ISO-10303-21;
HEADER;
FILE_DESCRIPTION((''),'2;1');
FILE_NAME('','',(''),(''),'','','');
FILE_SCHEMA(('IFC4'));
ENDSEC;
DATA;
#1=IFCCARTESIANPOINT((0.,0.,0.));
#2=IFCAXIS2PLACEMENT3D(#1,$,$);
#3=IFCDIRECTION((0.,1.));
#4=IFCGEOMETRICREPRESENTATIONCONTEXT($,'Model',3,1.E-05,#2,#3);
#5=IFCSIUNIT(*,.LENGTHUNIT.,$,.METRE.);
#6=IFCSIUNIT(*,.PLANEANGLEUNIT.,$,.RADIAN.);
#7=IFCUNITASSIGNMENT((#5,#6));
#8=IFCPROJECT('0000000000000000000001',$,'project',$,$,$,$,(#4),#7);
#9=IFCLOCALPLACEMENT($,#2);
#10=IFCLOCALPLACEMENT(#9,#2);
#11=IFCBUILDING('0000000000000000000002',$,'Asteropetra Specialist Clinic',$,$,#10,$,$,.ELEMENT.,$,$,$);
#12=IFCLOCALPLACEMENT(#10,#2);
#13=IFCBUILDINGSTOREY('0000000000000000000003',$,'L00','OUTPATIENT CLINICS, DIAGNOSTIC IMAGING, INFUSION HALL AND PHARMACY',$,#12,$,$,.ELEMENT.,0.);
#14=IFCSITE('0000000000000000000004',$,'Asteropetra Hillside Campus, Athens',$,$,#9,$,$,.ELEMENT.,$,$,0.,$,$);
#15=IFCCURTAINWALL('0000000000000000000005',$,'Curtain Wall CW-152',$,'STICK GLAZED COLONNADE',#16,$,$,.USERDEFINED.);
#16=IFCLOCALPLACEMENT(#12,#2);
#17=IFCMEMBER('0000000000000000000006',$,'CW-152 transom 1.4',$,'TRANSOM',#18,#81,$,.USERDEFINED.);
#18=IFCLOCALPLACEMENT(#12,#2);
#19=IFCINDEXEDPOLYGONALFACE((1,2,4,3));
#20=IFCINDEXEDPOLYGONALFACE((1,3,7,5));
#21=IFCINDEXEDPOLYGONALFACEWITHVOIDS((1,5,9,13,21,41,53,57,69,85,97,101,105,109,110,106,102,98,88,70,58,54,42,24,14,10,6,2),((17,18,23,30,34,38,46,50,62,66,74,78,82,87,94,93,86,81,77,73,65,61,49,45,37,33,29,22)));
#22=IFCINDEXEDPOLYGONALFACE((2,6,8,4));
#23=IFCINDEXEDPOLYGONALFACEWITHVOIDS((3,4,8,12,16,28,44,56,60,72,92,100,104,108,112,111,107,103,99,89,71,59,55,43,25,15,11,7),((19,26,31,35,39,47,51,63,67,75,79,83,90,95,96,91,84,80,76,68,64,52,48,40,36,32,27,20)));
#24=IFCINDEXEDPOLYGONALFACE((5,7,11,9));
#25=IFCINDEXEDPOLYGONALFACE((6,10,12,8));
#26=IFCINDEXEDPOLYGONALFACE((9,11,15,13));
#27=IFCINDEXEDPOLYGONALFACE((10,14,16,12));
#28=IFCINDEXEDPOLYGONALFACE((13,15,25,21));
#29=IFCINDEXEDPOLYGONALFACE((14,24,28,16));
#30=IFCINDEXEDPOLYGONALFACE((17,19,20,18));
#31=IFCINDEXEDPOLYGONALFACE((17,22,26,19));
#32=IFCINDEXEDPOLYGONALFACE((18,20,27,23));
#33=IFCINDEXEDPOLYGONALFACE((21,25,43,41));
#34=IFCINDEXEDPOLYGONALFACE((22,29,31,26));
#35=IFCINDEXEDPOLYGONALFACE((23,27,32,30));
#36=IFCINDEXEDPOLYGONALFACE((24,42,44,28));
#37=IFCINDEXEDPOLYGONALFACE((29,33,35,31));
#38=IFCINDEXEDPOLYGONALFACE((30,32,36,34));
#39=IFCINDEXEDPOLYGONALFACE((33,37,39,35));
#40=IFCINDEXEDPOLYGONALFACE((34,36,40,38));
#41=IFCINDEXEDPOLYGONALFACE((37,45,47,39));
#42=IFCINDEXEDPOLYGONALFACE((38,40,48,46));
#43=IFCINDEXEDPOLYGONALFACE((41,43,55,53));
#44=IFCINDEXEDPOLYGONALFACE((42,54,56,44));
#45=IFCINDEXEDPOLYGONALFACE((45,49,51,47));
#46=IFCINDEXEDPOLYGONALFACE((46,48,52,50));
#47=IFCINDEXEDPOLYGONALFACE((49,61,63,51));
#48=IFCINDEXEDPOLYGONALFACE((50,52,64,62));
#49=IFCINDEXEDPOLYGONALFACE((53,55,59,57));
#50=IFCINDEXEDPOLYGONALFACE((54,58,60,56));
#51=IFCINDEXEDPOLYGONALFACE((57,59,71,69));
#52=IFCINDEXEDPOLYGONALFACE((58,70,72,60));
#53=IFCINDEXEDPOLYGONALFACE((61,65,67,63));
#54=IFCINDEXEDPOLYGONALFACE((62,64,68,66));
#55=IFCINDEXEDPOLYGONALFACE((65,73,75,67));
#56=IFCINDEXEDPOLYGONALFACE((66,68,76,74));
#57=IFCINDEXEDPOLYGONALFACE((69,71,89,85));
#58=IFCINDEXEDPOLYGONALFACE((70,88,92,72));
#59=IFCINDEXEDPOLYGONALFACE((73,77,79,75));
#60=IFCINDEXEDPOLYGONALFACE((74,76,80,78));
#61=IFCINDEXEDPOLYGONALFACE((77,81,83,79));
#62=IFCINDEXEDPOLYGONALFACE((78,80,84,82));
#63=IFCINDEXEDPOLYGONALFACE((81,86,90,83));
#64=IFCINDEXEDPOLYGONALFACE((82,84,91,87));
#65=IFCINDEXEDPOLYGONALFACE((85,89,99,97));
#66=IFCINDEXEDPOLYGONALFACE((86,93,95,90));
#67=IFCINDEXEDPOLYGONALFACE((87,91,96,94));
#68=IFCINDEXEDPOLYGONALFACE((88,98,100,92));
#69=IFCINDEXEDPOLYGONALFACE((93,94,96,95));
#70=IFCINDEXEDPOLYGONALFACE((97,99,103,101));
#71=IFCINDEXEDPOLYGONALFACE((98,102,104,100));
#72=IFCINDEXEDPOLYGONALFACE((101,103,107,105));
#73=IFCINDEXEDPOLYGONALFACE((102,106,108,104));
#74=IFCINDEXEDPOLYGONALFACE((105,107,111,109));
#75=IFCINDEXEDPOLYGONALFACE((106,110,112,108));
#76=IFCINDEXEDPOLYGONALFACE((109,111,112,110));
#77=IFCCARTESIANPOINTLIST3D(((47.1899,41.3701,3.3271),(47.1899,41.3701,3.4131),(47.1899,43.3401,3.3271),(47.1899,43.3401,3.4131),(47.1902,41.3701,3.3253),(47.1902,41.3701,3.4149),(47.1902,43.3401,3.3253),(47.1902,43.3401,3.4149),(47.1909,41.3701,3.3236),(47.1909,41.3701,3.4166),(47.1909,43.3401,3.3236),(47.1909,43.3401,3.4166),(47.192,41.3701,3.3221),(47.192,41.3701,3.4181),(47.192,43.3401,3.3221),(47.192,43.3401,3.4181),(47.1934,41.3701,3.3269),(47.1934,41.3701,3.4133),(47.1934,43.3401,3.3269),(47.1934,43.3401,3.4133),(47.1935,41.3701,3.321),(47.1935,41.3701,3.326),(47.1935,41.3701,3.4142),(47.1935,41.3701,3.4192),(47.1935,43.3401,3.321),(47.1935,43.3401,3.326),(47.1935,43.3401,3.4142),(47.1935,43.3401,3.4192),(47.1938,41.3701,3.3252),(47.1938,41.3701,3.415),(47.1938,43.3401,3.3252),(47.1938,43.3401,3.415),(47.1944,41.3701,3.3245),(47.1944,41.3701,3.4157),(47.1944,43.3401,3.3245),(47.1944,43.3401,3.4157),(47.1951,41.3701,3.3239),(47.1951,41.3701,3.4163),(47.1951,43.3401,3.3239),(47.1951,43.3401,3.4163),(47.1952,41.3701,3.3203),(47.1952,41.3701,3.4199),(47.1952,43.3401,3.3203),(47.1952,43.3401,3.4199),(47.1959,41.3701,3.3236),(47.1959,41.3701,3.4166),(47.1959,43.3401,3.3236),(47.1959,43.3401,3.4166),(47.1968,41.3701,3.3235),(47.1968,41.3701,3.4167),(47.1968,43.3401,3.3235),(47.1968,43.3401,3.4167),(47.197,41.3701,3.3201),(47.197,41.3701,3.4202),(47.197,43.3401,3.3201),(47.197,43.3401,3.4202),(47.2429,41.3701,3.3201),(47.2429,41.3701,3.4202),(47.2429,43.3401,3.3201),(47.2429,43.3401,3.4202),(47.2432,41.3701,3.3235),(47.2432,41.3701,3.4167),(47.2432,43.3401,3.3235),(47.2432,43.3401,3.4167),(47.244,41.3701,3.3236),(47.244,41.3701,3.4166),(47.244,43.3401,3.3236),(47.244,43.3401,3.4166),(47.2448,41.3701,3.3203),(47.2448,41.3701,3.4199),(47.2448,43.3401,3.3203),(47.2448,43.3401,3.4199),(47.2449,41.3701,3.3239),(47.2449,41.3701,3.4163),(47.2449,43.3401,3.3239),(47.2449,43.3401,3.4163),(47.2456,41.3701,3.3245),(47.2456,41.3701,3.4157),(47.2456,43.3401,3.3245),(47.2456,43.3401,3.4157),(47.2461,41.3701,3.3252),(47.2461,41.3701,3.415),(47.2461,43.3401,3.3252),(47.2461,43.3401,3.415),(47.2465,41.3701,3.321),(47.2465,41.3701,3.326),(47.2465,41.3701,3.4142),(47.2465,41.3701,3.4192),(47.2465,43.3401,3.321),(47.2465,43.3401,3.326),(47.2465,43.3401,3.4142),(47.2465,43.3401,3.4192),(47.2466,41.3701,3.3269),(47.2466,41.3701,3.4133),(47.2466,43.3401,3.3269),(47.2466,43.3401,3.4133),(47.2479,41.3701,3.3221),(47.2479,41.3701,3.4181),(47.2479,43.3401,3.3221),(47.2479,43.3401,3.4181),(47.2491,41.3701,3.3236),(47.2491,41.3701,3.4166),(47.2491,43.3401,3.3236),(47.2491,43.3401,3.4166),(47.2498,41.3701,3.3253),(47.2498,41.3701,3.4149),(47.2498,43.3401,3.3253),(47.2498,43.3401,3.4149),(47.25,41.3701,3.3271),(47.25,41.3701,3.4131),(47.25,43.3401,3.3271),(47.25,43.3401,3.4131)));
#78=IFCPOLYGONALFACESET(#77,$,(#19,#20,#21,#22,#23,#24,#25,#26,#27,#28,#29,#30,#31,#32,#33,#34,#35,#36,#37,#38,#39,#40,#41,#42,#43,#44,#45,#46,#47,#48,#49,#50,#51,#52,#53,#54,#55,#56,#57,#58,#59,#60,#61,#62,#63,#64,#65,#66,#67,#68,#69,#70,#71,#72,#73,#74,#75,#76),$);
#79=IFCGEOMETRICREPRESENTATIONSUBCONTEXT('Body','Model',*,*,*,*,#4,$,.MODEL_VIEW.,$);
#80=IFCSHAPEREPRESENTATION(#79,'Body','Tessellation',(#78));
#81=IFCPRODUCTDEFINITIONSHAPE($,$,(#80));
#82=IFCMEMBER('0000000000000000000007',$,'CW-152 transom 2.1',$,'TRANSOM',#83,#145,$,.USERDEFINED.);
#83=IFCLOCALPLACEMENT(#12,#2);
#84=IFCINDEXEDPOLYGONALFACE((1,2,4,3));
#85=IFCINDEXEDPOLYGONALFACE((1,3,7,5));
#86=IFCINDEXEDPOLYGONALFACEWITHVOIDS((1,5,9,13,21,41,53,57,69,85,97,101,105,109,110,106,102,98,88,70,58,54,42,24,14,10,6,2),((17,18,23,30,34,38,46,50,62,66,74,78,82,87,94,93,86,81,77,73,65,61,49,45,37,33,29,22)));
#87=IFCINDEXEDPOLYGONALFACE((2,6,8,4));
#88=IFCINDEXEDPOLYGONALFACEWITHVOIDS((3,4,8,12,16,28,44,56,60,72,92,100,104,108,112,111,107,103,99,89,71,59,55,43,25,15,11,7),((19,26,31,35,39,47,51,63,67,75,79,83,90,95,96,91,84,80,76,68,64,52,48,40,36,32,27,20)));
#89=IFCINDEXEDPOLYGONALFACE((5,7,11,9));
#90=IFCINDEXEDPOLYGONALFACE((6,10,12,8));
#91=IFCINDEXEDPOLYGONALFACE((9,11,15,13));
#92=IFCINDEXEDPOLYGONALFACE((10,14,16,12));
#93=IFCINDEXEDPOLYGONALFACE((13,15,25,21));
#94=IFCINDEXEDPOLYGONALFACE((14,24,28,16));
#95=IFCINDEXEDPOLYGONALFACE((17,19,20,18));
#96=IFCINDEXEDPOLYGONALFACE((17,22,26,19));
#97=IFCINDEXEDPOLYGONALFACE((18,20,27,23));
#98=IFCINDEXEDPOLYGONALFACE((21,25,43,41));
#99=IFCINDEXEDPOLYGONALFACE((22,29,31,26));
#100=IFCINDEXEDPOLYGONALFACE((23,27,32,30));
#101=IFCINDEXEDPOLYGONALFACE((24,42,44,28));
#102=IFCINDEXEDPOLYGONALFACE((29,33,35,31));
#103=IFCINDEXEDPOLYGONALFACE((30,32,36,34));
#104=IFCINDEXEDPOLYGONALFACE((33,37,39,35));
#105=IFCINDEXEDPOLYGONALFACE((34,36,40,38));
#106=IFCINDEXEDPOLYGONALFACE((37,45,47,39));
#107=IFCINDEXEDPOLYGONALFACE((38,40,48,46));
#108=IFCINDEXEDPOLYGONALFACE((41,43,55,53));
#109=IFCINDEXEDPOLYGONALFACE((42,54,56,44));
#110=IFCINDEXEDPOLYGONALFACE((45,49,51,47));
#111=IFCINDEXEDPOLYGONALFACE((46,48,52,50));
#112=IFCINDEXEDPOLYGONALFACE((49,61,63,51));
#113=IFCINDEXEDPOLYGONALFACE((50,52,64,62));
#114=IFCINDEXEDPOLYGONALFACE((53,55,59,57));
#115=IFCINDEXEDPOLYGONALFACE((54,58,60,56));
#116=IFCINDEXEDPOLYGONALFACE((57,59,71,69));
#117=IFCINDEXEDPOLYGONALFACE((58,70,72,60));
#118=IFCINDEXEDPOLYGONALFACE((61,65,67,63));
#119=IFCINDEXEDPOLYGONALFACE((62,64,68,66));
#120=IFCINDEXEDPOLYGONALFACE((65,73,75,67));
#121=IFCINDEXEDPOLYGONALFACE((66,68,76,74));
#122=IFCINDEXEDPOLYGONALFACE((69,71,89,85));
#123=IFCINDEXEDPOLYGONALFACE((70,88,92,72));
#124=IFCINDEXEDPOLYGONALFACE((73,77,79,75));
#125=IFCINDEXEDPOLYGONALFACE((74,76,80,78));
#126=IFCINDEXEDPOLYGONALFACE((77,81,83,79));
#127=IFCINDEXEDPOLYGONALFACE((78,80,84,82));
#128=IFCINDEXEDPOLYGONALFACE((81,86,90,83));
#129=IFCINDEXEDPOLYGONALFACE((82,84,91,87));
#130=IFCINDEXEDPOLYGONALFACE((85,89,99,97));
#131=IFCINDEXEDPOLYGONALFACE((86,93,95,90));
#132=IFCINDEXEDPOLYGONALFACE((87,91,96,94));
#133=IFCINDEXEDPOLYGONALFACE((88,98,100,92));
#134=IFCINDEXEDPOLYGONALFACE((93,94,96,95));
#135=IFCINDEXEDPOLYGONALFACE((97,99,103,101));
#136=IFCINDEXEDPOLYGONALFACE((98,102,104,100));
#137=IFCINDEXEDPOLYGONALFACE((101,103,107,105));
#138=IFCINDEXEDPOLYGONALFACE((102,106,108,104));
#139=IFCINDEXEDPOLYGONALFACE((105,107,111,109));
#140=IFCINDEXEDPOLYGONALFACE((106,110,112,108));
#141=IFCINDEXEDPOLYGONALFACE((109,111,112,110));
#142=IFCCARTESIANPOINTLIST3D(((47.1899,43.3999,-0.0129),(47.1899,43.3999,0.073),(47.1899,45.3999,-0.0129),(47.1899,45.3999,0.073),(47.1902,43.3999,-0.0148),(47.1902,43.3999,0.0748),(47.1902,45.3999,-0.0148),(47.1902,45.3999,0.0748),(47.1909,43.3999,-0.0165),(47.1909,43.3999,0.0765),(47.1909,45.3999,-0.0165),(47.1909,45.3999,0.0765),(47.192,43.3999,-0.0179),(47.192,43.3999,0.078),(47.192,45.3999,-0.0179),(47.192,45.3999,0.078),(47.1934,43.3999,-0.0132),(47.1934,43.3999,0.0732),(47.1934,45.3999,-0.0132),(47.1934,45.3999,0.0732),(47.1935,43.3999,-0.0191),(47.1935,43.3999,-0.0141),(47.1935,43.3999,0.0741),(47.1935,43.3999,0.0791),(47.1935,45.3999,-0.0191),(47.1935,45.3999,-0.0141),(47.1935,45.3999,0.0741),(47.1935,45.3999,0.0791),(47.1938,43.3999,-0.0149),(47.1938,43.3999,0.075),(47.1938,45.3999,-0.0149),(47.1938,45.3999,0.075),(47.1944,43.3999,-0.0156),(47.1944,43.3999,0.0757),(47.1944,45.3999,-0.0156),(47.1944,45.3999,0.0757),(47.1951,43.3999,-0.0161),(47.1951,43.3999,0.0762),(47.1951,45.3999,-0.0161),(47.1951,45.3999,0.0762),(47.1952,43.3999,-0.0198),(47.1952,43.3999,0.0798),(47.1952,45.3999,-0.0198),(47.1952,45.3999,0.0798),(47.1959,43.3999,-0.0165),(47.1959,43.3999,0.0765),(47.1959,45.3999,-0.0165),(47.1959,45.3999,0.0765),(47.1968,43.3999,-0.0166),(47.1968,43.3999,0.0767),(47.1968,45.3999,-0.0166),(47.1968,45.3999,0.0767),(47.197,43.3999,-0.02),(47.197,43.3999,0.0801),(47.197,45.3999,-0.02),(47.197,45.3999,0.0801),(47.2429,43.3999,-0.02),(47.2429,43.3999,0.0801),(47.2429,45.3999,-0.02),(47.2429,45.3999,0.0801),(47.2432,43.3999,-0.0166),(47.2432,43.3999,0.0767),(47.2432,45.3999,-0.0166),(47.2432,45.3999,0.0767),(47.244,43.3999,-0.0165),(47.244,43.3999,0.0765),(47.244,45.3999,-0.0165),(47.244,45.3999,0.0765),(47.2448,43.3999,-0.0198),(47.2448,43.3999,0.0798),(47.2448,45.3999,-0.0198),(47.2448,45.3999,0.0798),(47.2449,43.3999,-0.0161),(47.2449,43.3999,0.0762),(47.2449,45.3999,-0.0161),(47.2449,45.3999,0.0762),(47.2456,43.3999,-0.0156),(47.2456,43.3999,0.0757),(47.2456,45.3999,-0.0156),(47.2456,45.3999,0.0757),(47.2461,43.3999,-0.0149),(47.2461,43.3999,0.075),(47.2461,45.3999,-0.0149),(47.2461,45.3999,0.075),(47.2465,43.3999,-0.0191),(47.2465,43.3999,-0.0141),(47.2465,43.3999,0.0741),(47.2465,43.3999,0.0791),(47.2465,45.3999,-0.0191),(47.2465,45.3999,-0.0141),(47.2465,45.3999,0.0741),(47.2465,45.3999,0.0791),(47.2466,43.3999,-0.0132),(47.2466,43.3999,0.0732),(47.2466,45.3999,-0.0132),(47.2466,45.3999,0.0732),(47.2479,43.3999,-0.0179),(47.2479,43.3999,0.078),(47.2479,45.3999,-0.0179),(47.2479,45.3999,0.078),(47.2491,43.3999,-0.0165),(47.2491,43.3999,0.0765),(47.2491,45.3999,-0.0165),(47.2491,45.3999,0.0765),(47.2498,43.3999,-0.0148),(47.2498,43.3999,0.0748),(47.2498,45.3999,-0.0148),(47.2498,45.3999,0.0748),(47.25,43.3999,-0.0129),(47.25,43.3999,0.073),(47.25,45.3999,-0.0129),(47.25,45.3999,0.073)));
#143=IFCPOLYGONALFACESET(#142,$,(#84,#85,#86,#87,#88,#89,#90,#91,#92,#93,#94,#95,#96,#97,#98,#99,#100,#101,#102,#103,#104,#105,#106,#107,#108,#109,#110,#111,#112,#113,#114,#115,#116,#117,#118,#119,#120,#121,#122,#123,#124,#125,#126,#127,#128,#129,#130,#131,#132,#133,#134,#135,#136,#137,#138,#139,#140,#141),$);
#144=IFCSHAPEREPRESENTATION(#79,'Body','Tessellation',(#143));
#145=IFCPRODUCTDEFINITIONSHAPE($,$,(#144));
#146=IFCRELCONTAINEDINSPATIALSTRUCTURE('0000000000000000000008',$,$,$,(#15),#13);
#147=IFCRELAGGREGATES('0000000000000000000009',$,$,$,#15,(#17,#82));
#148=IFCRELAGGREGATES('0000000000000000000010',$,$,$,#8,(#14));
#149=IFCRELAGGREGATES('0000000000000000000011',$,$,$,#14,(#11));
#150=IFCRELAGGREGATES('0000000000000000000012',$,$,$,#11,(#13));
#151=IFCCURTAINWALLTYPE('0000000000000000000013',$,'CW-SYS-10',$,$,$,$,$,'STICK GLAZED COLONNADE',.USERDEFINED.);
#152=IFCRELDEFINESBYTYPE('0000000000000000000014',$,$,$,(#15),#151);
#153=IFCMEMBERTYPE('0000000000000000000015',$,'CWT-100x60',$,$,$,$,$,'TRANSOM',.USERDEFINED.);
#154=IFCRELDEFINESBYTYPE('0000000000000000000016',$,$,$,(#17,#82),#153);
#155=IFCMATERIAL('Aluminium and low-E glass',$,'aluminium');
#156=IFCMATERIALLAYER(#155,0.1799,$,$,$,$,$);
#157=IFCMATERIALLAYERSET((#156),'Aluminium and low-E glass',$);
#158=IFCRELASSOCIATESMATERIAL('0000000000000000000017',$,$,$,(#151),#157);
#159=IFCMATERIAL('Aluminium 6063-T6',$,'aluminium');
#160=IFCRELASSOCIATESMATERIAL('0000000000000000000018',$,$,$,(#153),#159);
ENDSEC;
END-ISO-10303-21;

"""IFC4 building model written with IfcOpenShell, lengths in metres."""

from ifc_helpers import new_model, si_unit, direction, frame, origin, origin_2d, place, context, subcontext, project, spatial, hollow_rectangle, extrude, material, layer, layer_set, material_profile, profile_set, type_object, element, aggregate, save


model = new_model("IFC4")

# Units and contexts
model_context = context("Model", 3, precision=1e-05, world=origin(), true_north=direction((0.0, 1.0)))
body_context = subcontext(model_context, "Body", "Model", "MODEL_VIEW")
ifc_project = project(units=[si_unit("LENGTHUNIT", "METRE"), si_unit("PLANEANGLEUNIT", "RADIAN")], contexts=[model_context])

# Site, building, storey
site_placement = place(None, origin())
site = spatial("IfcSite", under=ifc_project, at=site_placement, Name="Asteropetra Hillside Campus, Athens", CompositionType="ELEMENT", RefElevation=0.0)
building_placement = place(site_placement, origin())
building = spatial("IfcBuilding", under=site, at=building_placement, Name="Asteropetra Specialist Clinic", CompositionType="ELEMENT")
storey_placement = place(building_placement, origin())
storey = spatial("IfcBuildingStorey", under=building, at=storey_placement, Name="L00", Description="OUTPATIENT CLINICS, DIAGNOSTIC IMAGING, INFUSION HALL AND PHARMACY", CompositionType="ELEMENT", Elevation=0.0)

# Curtain wall, members
ifc_material_1 = material(Name="Aluminium and low-E glass", Category="aluminium")
ifc_layer_1 = layer(ifc_material_1, 0.1799)
ifc_layer_set_1 = layer_set([ifc_layer_1], Name="Aluminium and low-E glass")
curtain_wall_type = type_object("IfcCurtainWallType", Name="CW-SYS-10", ElementType="STICK GLAZED COLONNADE", PredefinedType="USERDEFINED", material=ifc_layer_set_1)
curtain_wall_placement = place(storey_placement, origin())
curtain_wall = element("IfcCurtainWall", 1, at=curtain_wall_placement, inside=storey, type_object=curtain_wall_type, Name="Curtain Wall CW-152", ObjectType="STICK GLAZED COLONNADE", PredefinedType="USERDEFINED")
ifc_material_2 = material(Name="Aluminium 6063-T6", Category="aluminium")
ifc_material_profile_1 = material_profile(ifc_material_2, hollow_rectangle(XDim=0.0601, YDim=0.1001, WallThickness=0.0034, InnerFilletRadius=0.0034, OuterFilletRadius=0.0071, at=origin_2d()), Name="TRN 100x60x3.5")
ifc_profile_set_1 = profile_set([ifc_material_profile_1], Name="Aluminium 6063-T6")
member_type_1 = type_object("IfcMemberType", Name="CWT-100x60", ElementType="TRANSOM", PredefinedType="USERDEFINED", material=ifc_profile_set_1)
member_1_placement = place(storey_placement, frame((47.22, 41.3701, 3.3701), z_axis=(0.0, 1.0, 0.0), x_axis=(-1.0, 0.0, 0.0)))
member_1 = element("IfcMember", 2, at=member_1_placement, type_object=member_type_1, Name="CW-152 transom 1.4", ObjectType="TRANSOM", PredefinedType="USERDEFINED", context=body_context, shape_type="SweptSolid", body=[
    extrude(hollow_rectangle(XDim=0.0601, YDim=0.1001, WallThickness=0.0034, InnerFilletRadius=0.0034, OuterFilletRadius=0.0071, at=origin_2d()), origin(), (0.0, 0.0, 1.0), 1.97),
])
member_2_placement = place(storey_placement, frame((47.22, 43.3999, 0.03), z_axis=(0.0, 1.0, 0.0), x_axis=(-1.0, 0.0, 0.0)))
member_2 = element("IfcMember", 3, at=member_2_placement, type_object=member_type_1, Name="CW-152 transom 2.1", ObjectType="TRANSOM", PredefinedType="USERDEFINED", context=body_context, shape_type="SweptSolid", body=[
    extrude(hollow_rectangle(XDim=0.0601, YDim=0.1001, WallThickness=0.0034, InnerFilletRadius=0.0034, OuterFilletRadius=0.0071, at=origin_2d()), origin(), (0.0, 0.0, 1.0), 2.0),
])

aggregate(curtain_wall, [member_1, member_2])

save(model, "model.ifc")
